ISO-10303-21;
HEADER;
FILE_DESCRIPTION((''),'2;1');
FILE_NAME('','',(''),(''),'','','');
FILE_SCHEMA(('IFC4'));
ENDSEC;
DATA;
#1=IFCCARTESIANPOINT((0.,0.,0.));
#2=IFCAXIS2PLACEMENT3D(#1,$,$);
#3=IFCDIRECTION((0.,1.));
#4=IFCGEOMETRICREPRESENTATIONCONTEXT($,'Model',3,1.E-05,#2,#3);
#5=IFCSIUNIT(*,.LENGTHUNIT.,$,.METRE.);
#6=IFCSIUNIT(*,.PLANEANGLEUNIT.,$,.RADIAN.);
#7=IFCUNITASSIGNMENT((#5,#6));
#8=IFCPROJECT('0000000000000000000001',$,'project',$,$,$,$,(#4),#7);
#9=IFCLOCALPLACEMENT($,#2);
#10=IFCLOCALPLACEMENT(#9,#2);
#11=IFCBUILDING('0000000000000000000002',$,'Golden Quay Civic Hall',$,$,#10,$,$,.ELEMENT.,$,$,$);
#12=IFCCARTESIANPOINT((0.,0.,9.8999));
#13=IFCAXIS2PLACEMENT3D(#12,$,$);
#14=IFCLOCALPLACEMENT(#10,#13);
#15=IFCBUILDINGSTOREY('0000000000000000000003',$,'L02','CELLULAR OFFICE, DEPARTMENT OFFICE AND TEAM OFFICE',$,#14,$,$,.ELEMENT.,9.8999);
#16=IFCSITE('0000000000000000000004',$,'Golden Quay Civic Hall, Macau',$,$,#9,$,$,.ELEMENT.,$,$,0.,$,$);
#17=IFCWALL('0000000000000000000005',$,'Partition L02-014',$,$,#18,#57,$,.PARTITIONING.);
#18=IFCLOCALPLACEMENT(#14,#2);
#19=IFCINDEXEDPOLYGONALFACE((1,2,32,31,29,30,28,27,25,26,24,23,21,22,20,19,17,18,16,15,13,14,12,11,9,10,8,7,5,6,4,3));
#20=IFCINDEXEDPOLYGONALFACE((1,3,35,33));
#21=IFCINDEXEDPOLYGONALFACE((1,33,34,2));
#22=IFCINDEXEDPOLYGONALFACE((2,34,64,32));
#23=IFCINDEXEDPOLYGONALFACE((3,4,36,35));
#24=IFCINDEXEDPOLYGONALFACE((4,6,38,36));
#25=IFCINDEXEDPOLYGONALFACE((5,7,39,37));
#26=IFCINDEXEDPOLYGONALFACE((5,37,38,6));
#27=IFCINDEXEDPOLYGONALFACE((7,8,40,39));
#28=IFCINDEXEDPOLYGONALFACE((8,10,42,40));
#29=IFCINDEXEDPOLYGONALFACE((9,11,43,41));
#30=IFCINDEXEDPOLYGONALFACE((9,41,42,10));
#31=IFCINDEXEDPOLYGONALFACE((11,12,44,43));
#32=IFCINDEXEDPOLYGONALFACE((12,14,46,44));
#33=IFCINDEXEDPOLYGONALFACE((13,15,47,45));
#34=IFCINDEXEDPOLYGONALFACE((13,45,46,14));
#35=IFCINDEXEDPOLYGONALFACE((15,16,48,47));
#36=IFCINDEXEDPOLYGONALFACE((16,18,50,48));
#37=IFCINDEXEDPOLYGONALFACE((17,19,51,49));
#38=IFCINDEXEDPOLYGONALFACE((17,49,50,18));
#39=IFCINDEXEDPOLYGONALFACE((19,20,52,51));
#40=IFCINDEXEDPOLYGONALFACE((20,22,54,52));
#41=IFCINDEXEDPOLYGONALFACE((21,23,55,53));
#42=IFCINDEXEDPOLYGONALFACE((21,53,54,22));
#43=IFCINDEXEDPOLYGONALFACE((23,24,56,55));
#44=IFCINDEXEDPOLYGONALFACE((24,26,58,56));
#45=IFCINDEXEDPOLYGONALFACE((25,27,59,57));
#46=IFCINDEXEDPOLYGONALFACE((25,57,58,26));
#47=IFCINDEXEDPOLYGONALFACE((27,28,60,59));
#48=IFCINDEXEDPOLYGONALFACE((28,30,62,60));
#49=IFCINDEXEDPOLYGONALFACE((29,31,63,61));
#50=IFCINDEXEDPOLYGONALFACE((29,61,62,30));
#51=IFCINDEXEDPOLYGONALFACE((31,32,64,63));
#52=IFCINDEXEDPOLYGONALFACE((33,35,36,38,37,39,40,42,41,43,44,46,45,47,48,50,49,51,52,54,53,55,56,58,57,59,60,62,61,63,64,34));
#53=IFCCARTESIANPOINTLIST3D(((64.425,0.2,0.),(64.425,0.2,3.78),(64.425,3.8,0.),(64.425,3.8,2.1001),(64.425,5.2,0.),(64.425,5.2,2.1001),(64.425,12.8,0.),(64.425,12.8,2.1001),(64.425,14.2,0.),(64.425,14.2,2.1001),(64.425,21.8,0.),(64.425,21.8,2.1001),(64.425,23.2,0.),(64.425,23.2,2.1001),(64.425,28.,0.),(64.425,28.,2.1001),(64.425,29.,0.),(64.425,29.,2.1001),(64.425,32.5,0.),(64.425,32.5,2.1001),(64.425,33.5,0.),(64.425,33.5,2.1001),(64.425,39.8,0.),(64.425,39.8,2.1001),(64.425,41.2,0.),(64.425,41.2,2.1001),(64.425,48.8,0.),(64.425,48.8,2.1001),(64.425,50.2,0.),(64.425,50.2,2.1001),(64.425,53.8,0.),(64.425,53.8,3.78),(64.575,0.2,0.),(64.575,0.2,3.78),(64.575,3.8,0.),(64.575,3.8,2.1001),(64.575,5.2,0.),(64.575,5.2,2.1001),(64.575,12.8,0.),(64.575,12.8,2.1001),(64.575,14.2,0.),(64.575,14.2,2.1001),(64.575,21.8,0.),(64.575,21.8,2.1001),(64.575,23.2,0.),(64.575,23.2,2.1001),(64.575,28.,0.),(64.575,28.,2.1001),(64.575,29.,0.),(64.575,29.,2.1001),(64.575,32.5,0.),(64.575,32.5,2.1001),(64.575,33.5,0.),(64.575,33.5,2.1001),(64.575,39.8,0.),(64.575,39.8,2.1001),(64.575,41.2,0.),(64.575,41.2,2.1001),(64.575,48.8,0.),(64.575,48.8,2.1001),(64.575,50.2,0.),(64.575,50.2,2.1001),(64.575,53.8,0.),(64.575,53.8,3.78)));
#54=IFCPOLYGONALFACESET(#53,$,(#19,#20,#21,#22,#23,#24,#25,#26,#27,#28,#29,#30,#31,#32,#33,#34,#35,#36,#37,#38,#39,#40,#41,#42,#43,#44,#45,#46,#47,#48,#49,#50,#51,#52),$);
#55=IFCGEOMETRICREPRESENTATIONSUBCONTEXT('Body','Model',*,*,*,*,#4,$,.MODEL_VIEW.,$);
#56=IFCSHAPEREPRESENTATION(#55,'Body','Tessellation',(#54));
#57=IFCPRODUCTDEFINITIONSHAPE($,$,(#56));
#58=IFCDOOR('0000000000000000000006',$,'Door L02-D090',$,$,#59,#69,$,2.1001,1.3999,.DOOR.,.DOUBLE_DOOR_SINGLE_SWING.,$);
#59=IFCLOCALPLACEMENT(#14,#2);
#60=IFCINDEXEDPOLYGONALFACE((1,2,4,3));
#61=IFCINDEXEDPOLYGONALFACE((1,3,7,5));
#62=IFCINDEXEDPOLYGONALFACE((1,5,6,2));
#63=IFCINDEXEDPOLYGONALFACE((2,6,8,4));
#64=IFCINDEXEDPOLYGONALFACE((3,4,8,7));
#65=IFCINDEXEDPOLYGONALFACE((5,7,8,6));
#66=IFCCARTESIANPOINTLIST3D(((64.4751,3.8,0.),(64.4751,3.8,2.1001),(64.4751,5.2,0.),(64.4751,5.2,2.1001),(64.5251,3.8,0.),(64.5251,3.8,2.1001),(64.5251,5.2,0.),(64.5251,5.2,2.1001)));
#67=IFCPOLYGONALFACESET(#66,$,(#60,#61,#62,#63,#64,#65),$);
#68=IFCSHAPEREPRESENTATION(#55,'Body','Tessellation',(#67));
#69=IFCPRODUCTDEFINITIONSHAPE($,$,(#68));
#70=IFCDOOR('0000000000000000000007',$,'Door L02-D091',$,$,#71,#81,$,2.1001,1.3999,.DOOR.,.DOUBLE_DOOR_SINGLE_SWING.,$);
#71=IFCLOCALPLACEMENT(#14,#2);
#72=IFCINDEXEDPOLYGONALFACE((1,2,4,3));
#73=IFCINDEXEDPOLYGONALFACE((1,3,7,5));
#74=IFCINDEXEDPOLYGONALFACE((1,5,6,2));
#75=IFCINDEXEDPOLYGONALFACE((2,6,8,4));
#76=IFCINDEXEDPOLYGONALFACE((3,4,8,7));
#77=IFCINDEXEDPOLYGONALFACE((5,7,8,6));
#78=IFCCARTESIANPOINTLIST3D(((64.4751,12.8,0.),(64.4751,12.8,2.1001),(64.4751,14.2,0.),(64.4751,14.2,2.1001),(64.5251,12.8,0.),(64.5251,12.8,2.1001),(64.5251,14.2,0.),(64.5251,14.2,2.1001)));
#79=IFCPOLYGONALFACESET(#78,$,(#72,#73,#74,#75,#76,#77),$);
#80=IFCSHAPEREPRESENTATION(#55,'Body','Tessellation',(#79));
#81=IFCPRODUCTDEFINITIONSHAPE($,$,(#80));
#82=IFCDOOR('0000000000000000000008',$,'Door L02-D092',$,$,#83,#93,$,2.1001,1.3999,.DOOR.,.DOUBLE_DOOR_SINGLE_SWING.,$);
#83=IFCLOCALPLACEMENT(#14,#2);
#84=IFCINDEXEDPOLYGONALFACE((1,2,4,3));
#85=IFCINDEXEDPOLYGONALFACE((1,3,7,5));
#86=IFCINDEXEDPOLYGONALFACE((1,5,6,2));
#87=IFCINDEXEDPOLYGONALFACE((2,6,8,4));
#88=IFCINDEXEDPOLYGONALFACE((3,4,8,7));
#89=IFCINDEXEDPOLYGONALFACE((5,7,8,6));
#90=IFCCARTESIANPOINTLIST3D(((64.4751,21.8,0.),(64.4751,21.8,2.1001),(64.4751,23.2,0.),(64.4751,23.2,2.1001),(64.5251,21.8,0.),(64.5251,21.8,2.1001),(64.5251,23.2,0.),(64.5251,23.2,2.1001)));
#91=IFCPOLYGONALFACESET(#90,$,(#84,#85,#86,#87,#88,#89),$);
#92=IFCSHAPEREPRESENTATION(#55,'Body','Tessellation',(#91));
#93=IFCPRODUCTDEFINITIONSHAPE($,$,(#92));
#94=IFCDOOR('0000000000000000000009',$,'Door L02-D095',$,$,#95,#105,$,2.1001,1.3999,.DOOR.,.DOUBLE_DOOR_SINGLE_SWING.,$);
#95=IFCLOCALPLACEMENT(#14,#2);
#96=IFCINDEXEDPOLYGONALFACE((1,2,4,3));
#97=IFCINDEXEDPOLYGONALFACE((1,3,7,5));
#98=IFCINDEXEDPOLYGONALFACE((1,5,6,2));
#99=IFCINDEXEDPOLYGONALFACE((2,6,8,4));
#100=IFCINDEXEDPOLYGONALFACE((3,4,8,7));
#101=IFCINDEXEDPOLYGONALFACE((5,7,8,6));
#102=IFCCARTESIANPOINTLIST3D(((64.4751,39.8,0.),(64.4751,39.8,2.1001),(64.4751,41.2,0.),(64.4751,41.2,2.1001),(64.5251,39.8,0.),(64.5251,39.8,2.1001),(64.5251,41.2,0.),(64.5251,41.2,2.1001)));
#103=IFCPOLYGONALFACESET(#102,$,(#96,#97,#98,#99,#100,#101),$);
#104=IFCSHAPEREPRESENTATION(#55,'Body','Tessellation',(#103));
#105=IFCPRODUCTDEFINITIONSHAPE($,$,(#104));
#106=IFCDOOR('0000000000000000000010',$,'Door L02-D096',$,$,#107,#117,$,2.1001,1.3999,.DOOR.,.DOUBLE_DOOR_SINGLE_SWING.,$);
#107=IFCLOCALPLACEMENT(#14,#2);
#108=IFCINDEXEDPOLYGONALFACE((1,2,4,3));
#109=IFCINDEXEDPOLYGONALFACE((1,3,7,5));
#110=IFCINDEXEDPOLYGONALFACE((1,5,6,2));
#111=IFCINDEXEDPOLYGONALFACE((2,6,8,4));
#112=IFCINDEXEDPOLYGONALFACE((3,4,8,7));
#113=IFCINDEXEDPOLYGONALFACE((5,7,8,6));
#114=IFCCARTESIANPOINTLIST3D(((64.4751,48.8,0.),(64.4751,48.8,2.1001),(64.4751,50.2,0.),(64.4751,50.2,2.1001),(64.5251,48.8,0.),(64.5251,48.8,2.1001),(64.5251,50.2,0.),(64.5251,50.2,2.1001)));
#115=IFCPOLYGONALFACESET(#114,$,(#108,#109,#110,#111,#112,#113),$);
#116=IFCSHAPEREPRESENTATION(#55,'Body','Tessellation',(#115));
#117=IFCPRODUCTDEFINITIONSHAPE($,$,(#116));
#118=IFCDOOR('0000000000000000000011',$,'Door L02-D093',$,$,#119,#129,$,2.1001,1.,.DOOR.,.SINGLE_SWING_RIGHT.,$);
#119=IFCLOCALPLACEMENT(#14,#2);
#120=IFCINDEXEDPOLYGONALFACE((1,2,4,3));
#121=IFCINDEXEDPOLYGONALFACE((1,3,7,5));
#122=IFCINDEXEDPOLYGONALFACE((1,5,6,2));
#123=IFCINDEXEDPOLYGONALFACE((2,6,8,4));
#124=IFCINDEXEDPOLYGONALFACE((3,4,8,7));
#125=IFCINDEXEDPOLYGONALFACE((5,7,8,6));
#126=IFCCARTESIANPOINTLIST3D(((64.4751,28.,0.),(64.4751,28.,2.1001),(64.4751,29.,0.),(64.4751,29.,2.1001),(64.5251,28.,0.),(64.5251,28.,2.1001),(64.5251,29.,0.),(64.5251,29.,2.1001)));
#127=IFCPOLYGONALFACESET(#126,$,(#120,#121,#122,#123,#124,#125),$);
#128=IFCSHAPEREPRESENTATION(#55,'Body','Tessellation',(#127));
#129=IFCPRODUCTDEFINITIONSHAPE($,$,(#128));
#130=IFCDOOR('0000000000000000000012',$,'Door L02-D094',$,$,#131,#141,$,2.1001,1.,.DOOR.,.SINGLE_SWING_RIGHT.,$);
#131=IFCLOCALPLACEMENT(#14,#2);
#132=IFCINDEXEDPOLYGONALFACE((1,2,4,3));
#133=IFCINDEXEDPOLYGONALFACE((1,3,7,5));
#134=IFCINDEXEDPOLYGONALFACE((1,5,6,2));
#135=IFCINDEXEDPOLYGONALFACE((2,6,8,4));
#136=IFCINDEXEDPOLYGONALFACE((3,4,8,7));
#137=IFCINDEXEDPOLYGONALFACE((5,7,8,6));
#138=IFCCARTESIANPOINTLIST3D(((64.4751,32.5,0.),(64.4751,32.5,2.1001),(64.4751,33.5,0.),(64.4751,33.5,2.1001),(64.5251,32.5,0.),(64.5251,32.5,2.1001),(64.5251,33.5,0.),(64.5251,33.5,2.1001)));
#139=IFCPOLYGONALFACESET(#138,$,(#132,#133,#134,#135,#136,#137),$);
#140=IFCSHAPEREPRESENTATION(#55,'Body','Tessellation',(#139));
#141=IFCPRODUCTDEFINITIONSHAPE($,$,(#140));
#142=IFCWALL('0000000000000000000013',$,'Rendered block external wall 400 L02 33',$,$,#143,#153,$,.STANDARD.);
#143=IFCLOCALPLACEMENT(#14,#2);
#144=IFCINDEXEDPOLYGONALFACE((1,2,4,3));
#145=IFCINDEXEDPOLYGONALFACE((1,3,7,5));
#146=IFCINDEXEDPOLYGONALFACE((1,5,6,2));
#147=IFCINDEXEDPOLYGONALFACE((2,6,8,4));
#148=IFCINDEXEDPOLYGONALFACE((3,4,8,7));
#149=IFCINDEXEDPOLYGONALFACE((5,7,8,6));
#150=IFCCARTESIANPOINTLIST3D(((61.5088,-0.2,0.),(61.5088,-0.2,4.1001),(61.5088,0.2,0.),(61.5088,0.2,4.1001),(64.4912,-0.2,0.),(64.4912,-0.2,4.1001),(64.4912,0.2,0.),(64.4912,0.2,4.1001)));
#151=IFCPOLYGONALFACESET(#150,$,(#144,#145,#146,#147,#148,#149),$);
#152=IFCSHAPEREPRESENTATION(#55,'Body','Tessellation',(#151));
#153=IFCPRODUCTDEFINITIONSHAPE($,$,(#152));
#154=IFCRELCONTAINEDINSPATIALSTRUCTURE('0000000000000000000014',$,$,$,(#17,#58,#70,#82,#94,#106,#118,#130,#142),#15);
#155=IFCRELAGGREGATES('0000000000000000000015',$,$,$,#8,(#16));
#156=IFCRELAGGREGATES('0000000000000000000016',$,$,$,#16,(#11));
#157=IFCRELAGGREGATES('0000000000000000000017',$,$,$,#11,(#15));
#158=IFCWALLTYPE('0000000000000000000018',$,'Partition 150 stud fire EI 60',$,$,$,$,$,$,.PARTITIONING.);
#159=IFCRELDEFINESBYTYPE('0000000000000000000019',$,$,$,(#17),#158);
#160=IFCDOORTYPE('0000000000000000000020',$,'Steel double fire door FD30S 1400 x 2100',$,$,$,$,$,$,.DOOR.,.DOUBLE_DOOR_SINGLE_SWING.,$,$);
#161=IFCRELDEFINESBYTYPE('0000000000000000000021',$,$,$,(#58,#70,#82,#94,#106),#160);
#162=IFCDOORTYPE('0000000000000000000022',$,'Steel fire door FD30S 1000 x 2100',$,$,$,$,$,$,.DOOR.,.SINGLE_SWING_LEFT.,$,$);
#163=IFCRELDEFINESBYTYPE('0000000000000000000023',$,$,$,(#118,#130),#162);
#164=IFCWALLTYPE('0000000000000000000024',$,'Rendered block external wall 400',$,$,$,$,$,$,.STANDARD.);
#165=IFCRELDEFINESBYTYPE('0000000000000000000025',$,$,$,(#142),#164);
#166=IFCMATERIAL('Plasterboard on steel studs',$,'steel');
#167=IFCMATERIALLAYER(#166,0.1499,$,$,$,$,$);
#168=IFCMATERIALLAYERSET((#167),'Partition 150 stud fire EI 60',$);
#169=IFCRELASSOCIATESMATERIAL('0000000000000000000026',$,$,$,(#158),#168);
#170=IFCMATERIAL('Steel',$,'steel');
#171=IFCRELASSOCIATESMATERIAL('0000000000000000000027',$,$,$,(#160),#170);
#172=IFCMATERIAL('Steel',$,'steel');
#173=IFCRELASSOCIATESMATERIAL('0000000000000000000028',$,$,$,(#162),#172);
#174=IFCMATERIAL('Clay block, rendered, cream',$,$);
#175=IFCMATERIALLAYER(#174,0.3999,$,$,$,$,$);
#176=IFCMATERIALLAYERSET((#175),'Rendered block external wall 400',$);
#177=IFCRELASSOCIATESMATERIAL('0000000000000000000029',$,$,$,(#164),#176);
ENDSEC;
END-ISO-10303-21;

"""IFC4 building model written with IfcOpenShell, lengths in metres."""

from ifc_helpers import new_model, si_unit, direction, frame, frame_2d, origin, place, context, subcontext, project, spatial, rectangle, extrude, material, layer, layer_set, type_object, element, fill, save


model = new_model("IFC4")

# Units and contexts
model_context = context("Model", 3, precision=1e-05, world=origin(), true_north=direction((0.0, 1.0)))
body_context = subcontext(model_context, "Body", "Model", "MODEL_VIEW")
ifc_project = project(units=[si_unit("LENGTHUNIT", "METRE"), si_unit("PLANEANGLEUNIT", "RADIAN")], contexts=[model_context])

# Site, building, storey
site_placement = place(None, origin())
site = spatial("IfcSite", under=ifc_project, at=site_placement, Name="Golden Quay Civic Hall, Macau", CompositionType="ELEMENT", RefElevation=0.0)
building_placement = place(site_placement, origin())
building = spatial("IfcBuilding", under=site, at=building_placement, Name="Golden Quay Civic Hall", CompositionType="ELEMENT")
storey_placement = place(building_placement, frame((0.0, 0.0, 9.8999)))
storey = spatial("IfcBuildingStorey", under=building, at=storey_placement, Name="L02", Description="CELLULAR OFFICE, DEPARTMENT OFFICE AND TEAM OFFICE", CompositionType="ELEMENT", Elevation=9.8999)

# Wall, openings, doors
ifc_material_1 = material(Name="Plasterboard on steel studs", Category="steel")
ifc_layer_1 = layer(ifc_material_1, 0.1499)
ifc_layer_set_1 = layer_set([ifc_layer_1], Name="Partition 150 stud fire EI 60")
wall_type_1 = type_object("IfcWallType", Name="Partition 150 stud fire EI 60", PredefinedType="PARTITIONING", material=ifc_layer_set_1)
wall_1_placement = place(storey_placement, frame((64.5, 0.2, 0.0), z_axis=(0.0, 0.0, 1.0), x_axis=(0.0, 1.0, 0.0)))
wall_1 = element("IfcWall", 1, at=wall_1_placement, inside=storey, type_object=wall_type_1, Name="Partition L02-014", PredefinedType="PARTITIONING", context=body_context, shape_type="SweptSolid", body=[
    extrude(rectangle(XDim=53.6001, YDim=0.1499, at=frame_2d((26.8, 0.0))), origin(), (0.0, 0.0, 1.0), 3.78),
])
opening_1_placement = place(wall_1_placement, frame((3.6001, 0.0, 0.0)))
opening_1 = element("IfcOpeningElement", 2, at=opening_1_placement, cuts=wall_1, PredefinedType="OPENING", context=body_context, shape_type="SweptSolid", body=[
    extrude(rectangle(XDim=1.3999, YDim=2.1001, at=frame_2d((0.7, 1.05))), frame((0.0, 0.085, 0.0), z_axis=(0.0, -1.0, 0.0), x_axis=(1.0, 0.0, 0.0)), (0.0, 0.0, 1.0), 0.1699),
])
opening_2_placement = place(wall_1_placement, frame((12.6001, 0.0, 0.0)))
opening_2 = element("IfcOpeningElement", 3, at=opening_2_placement, cuts=wall_1, PredefinedType="OPENING", context=body_context, shape_type="SweptSolid", body=[
    extrude(rectangle(XDim=1.3999, YDim=2.1001, at=frame_2d((0.7, 1.05))), frame((0.0, 0.085, 0.0), z_axis=(0.0, -1.0, 0.0), x_axis=(1.0, 0.0, 0.0)), (0.0, 0.0, 1.0), 0.1699),
])
opening_3_placement = place(wall_1_placement, frame((21.6001, 0.0, 0.0)))
opening_3 = element("IfcOpeningElement", 4, at=opening_3_placement, cuts=wall_1, PredefinedType="OPENING", context=body_context, shape_type="SweptSolid", body=[
    extrude(rectangle(XDim=1.3999, YDim=2.1001, at=frame_2d((0.7, 1.05))), frame((0.0, 0.085, 0.0), z_axis=(0.0, -1.0, 0.0), x_axis=(1.0, 0.0, 0.0)), (0.0, 0.0, 1.0), 0.1699),
])
opening_4_placement = place(wall_1_placement, frame((27.8, 0.0, 0.0)))
opening_4 = element("IfcOpeningElement", 5, at=opening_4_placement, cuts=wall_1, PredefinedType="OPENING", context=body_context, shape_type="SweptSolid", body=[
    extrude(rectangle(XDim=1.0, YDim=2.1001, at=frame_2d((0.5, 1.05))), frame((0.0, 0.085, 0.0), z_axis=(0.0, -1.0, 0.0), x_axis=(1.0, 0.0, 0.0)), (0.0, 0.0, 1.0), 0.1699),
])
opening_5_placement = place(wall_1_placement, frame((32.3, 0.0, 0.0)))
opening_5 = element("IfcOpeningElement", 6, at=opening_5_placement, cuts=wall_1, PredefinedType="OPENING", context=body_context, shape_type="SweptSolid", body=[
    extrude(rectangle(XDim=1.0, YDim=2.1001, at=frame_2d((0.5, 1.05))), frame((0.0, 0.085, 0.0), z_axis=(0.0, -1.0, 0.0), x_axis=(1.0, 0.0, 0.0)), (0.0, 0.0, 1.0), 0.1699),
])
opening_6_placement = place(wall_1_placement, frame((39.6001, 0.0, 0.0)))
opening_6 = element("IfcOpeningElement", 7, at=opening_6_placement, cuts=wall_1, PredefinedType="OPENING", context=body_context, shape_type="SweptSolid", body=[
    extrude(rectangle(XDim=1.3999, YDim=2.1001, at=frame_2d((0.7, 1.05))), frame((0.0, 0.085, 0.0), z_axis=(0.0, -1.0, 0.0), x_axis=(1.0, 0.0, 0.0)), (0.0, 0.0, 1.0), 0.1699),
])
opening_7_placement = place(wall_1_placement, frame((48.6001, 0.0, 0.0)))
opening_7 = element("IfcOpeningElement", 8, at=opening_7_placement, cuts=wall_1, PredefinedType="OPENING", context=body_context, shape_type="SweptSolid", body=[
    extrude(rectangle(XDim=1.3999, YDim=2.1001, at=frame_2d((0.7, 1.05))), frame((0.0, 0.085, 0.0), z_axis=(0.0, -1.0, 0.0), x_axis=(1.0, 0.0, 0.0)), (0.0, 0.0, 1.0), 0.1699),
])
ifc_material_2 = material(Name="Steel", Category="steel")
door_type_1 = type_object("IfcDoorType", Name="Steel double fire door FD30S 1400 x 2100", OperationType="DOUBLE_DOOR_SINGLE_SWING", PredefinedType="DOOR", material=ifc_material_2)
door_1_placement = place(opening_1_placement, frame((1.3999, 0.0, 0.0), z_axis=(0.0, 0.0, 1.0), x_axis=(-1.0, 0.0, 0.0)))
door_1 = element("IfcDoor", 9, at=door_1_placement, inside=storey, type_object=door_type_1, Name="Door L02-D090", OperationType="DOUBLE_DOOR_SINGLE_SWING", OverallHeight=2.1001, OverallWidth=1.3999, PredefinedType="DOOR", context=body_context, shape_type="SweptSolid", body=[
    extrude(rectangle(XDim=1.3999, YDim=2.1001, at=frame_2d((0.7, 1.05))), frame((0.0, 0.0251, 0.0), z_axis=(0.0, -1.0, 0.0), x_axis=(1.0, 0.0, 0.0)), (0.0, 0.0, 1.0), 0.05),
])
fill(opening_1, door_1)
door_2_placement = place(opening_2_placement, frame((1.3999, 0.0, 0.0), z_axis=(0.0, 0.0, 1.0), x_axis=(-1.0, 0.0, 0.0)))
door_2 = element("IfcDoor", 10, at=door_2_placement, inside=storey, type_object=door_type_1, Name="Door L02-D091", OperationType="DOUBLE_DOOR_SINGLE_SWING", OverallHeight=2.1001, OverallWidth=1.3999, PredefinedType="DOOR", context=body_context, shape_type="SweptSolid", body=[
    extrude(rectangle(XDim=1.3999, YDim=2.1001, at=frame_2d((0.7, 1.05))), frame((0.0, 0.0251, 0.0), z_axis=(0.0, -1.0, 0.0), x_axis=(1.0, 0.0, 0.0)), (0.0, 0.0, 1.0), 0.05),
])
fill(opening_2, door_2)
door_3_placement = place(opening_3_placement, frame((1.3999, 0.0, 0.0), z_axis=(0.0, 0.0, 1.0), x_axis=(-1.0, 0.0, 0.0)))
door_3 = element("IfcDoor", 11, at=door_3_placement, inside=storey, type_object=door_type_1, Name="Door L02-D092", OperationType="DOUBLE_DOOR_SINGLE_SWING", OverallHeight=2.1001, OverallWidth=1.3999, PredefinedType="DOOR", context=body_context, shape_type="SweptSolid", body=[
    extrude(rectangle(XDim=1.3999, YDim=2.1001, at=frame_2d((0.7, 1.05))), frame((0.0, 0.0251, 0.0), z_axis=(0.0, -1.0, 0.0), x_axis=(1.0, 0.0, 0.0)), (0.0, 0.0, 1.0), 0.05),
])
fill(opening_3, door_3)
door_4_placement = place(opening_6_placement, frame((1.3999, 0.0, 0.0), z_axis=(0.0, 0.0, 1.0), x_axis=(-1.0, 0.0, 0.0)))
door_4 = element("IfcDoor", 12, at=door_4_placement, inside=storey, type_object=door_type_1, Name="Door L02-D095", OperationType="DOUBLE_DOOR_SINGLE_SWING", OverallHeight=2.1001, OverallWidth=1.3999, PredefinedType="DOOR", context=body_context, shape_type="SweptSolid", body=[
    extrude(rectangle(XDim=1.3999, YDim=2.1001, at=frame_2d((0.7, 1.05))), frame((0.0, 0.0251, 0.0), z_axis=(0.0, -1.0, 0.0), x_axis=(1.0, 0.0, 0.0)), (0.0, 0.0, 1.0), 0.05),
])
fill(opening_6, door_4)
door_5_placement = place(opening_7_placement, frame((1.3999, 0.0, 0.0), z_axis=(0.0, 0.0, 1.0), x_axis=(-1.0, 0.0, 0.0)))
door_5 = element("IfcDoor", 13, at=door_5_placement, inside=storey, type_object=door_type_1, Name="Door L02-D096", OperationType="DOUBLE_DOOR_SINGLE_SWING", OverallHeight=2.1001, OverallWidth=1.3999, PredefinedType="DOOR", context=body_context, shape_type="SweptSolid", body=[
    extrude(rectangle(XDim=1.3999, YDim=2.1001, at=frame_2d((0.7, 1.05))), frame((0.0, 0.0251, 0.0), z_axis=(0.0, -1.0, 0.0), x_axis=(1.0, 0.0, 0.0)), (0.0, 0.0, 1.0), 0.05),
])
fill(opening_7, door_5)
ifc_material_3 = material(Name="Steel", Category="steel")
door_type_2 = type_object("IfcDoorType", Name="Steel fire door FD30S 1000 x 2100", OperationType="SINGLE_SWING_LEFT", PredefinedType="DOOR", material=ifc_material_3)
door_6_placement = place(opening_4_placement, frame((1.0, 0.0, 0.0), z_axis=(0.0, 0.0, 1.0), x_axis=(-1.0, 0.0, 0.0)))
door_6 = element("IfcDoor", 14, at=door_6_placement, inside=storey, type_object=door_type_2, Name="Door L02-D093", OperationType="SINGLE_SWING_RIGHT", OverallHeight=2.1001, OverallWidth=1.0, PredefinedType="DOOR", context=body_context, shape_type="SweptSolid", body=[
    extrude(rectangle(XDim=1.0, YDim=2.1001, at=frame_2d((0.5, 1.05))), frame((0.0, 0.0251, 0.0), z_axis=(0.0, -1.0, 0.0), x_axis=(1.0, 0.0, 0.0)), (0.0, 0.0, 1.0), 0.05),
])
fill(opening_4, door_6)
door_7_placement = place(opening_5_placement, frame((1.0, 0.0, 0.0), z_axis=(0.0, 0.0, 1.0), x_axis=(-1.0, 0.0, 0.0)))
door_7 = element("IfcDoor", 15, at=door_7_placement, inside=storey, type_object=door_type_2, Name="Door L02-D094", OperationType="SINGLE_SWING_RIGHT", OverallHeight=2.1001, OverallWidth=1.0, PredefinedType="DOOR", context=body_context, shape_type="SweptSolid", body=[
    extrude(rectangle(XDim=1.0, YDim=2.1001, at=frame_2d((0.5, 1.05))), frame((0.0, 0.0251, 0.0), z_axis=(0.0, -1.0, 0.0), x_axis=(1.0, 0.0, 0.0)), (0.0, 0.0, 1.0), 0.05),
])
fill(opening_5, door_7)

# Wall
ifc_material_4 = material(Name="Clay block, rendered, cream")
ifc_layer_2 = layer(ifc_material_4, 0.3999)
ifc_layer_set_2 = layer_set([ifc_layer_2], Name="Rendered block external wall 400")
wall_type_2 = type_object("IfcWallType", Name="Rendered block external wall 400", PredefinedType="STANDARD", material=ifc_layer_set_2)
wall_2_placement = place(storey_placement, frame((64.4912, 0.0, 0.0), z_axis=(0.0, 0.0, 1.0), x_axis=(-1.0, 0.0, 0.0)))
element("IfcWall", 16, at=wall_2_placement, inside=storey, type_object=wall_type_2, Name="Rendered block external wall 400 L02 33", PredefinedType="STANDARD", context=body_context, shape_type="SweptSolid", body=[
    extrude(rectangle(XDim=2.9824, YDim=0.3999, at=frame_2d((1.4912, 0.0))), origin(), (0.0, 0.0, 1.0), 4.1001),
])

save(model, "model.ifc")
